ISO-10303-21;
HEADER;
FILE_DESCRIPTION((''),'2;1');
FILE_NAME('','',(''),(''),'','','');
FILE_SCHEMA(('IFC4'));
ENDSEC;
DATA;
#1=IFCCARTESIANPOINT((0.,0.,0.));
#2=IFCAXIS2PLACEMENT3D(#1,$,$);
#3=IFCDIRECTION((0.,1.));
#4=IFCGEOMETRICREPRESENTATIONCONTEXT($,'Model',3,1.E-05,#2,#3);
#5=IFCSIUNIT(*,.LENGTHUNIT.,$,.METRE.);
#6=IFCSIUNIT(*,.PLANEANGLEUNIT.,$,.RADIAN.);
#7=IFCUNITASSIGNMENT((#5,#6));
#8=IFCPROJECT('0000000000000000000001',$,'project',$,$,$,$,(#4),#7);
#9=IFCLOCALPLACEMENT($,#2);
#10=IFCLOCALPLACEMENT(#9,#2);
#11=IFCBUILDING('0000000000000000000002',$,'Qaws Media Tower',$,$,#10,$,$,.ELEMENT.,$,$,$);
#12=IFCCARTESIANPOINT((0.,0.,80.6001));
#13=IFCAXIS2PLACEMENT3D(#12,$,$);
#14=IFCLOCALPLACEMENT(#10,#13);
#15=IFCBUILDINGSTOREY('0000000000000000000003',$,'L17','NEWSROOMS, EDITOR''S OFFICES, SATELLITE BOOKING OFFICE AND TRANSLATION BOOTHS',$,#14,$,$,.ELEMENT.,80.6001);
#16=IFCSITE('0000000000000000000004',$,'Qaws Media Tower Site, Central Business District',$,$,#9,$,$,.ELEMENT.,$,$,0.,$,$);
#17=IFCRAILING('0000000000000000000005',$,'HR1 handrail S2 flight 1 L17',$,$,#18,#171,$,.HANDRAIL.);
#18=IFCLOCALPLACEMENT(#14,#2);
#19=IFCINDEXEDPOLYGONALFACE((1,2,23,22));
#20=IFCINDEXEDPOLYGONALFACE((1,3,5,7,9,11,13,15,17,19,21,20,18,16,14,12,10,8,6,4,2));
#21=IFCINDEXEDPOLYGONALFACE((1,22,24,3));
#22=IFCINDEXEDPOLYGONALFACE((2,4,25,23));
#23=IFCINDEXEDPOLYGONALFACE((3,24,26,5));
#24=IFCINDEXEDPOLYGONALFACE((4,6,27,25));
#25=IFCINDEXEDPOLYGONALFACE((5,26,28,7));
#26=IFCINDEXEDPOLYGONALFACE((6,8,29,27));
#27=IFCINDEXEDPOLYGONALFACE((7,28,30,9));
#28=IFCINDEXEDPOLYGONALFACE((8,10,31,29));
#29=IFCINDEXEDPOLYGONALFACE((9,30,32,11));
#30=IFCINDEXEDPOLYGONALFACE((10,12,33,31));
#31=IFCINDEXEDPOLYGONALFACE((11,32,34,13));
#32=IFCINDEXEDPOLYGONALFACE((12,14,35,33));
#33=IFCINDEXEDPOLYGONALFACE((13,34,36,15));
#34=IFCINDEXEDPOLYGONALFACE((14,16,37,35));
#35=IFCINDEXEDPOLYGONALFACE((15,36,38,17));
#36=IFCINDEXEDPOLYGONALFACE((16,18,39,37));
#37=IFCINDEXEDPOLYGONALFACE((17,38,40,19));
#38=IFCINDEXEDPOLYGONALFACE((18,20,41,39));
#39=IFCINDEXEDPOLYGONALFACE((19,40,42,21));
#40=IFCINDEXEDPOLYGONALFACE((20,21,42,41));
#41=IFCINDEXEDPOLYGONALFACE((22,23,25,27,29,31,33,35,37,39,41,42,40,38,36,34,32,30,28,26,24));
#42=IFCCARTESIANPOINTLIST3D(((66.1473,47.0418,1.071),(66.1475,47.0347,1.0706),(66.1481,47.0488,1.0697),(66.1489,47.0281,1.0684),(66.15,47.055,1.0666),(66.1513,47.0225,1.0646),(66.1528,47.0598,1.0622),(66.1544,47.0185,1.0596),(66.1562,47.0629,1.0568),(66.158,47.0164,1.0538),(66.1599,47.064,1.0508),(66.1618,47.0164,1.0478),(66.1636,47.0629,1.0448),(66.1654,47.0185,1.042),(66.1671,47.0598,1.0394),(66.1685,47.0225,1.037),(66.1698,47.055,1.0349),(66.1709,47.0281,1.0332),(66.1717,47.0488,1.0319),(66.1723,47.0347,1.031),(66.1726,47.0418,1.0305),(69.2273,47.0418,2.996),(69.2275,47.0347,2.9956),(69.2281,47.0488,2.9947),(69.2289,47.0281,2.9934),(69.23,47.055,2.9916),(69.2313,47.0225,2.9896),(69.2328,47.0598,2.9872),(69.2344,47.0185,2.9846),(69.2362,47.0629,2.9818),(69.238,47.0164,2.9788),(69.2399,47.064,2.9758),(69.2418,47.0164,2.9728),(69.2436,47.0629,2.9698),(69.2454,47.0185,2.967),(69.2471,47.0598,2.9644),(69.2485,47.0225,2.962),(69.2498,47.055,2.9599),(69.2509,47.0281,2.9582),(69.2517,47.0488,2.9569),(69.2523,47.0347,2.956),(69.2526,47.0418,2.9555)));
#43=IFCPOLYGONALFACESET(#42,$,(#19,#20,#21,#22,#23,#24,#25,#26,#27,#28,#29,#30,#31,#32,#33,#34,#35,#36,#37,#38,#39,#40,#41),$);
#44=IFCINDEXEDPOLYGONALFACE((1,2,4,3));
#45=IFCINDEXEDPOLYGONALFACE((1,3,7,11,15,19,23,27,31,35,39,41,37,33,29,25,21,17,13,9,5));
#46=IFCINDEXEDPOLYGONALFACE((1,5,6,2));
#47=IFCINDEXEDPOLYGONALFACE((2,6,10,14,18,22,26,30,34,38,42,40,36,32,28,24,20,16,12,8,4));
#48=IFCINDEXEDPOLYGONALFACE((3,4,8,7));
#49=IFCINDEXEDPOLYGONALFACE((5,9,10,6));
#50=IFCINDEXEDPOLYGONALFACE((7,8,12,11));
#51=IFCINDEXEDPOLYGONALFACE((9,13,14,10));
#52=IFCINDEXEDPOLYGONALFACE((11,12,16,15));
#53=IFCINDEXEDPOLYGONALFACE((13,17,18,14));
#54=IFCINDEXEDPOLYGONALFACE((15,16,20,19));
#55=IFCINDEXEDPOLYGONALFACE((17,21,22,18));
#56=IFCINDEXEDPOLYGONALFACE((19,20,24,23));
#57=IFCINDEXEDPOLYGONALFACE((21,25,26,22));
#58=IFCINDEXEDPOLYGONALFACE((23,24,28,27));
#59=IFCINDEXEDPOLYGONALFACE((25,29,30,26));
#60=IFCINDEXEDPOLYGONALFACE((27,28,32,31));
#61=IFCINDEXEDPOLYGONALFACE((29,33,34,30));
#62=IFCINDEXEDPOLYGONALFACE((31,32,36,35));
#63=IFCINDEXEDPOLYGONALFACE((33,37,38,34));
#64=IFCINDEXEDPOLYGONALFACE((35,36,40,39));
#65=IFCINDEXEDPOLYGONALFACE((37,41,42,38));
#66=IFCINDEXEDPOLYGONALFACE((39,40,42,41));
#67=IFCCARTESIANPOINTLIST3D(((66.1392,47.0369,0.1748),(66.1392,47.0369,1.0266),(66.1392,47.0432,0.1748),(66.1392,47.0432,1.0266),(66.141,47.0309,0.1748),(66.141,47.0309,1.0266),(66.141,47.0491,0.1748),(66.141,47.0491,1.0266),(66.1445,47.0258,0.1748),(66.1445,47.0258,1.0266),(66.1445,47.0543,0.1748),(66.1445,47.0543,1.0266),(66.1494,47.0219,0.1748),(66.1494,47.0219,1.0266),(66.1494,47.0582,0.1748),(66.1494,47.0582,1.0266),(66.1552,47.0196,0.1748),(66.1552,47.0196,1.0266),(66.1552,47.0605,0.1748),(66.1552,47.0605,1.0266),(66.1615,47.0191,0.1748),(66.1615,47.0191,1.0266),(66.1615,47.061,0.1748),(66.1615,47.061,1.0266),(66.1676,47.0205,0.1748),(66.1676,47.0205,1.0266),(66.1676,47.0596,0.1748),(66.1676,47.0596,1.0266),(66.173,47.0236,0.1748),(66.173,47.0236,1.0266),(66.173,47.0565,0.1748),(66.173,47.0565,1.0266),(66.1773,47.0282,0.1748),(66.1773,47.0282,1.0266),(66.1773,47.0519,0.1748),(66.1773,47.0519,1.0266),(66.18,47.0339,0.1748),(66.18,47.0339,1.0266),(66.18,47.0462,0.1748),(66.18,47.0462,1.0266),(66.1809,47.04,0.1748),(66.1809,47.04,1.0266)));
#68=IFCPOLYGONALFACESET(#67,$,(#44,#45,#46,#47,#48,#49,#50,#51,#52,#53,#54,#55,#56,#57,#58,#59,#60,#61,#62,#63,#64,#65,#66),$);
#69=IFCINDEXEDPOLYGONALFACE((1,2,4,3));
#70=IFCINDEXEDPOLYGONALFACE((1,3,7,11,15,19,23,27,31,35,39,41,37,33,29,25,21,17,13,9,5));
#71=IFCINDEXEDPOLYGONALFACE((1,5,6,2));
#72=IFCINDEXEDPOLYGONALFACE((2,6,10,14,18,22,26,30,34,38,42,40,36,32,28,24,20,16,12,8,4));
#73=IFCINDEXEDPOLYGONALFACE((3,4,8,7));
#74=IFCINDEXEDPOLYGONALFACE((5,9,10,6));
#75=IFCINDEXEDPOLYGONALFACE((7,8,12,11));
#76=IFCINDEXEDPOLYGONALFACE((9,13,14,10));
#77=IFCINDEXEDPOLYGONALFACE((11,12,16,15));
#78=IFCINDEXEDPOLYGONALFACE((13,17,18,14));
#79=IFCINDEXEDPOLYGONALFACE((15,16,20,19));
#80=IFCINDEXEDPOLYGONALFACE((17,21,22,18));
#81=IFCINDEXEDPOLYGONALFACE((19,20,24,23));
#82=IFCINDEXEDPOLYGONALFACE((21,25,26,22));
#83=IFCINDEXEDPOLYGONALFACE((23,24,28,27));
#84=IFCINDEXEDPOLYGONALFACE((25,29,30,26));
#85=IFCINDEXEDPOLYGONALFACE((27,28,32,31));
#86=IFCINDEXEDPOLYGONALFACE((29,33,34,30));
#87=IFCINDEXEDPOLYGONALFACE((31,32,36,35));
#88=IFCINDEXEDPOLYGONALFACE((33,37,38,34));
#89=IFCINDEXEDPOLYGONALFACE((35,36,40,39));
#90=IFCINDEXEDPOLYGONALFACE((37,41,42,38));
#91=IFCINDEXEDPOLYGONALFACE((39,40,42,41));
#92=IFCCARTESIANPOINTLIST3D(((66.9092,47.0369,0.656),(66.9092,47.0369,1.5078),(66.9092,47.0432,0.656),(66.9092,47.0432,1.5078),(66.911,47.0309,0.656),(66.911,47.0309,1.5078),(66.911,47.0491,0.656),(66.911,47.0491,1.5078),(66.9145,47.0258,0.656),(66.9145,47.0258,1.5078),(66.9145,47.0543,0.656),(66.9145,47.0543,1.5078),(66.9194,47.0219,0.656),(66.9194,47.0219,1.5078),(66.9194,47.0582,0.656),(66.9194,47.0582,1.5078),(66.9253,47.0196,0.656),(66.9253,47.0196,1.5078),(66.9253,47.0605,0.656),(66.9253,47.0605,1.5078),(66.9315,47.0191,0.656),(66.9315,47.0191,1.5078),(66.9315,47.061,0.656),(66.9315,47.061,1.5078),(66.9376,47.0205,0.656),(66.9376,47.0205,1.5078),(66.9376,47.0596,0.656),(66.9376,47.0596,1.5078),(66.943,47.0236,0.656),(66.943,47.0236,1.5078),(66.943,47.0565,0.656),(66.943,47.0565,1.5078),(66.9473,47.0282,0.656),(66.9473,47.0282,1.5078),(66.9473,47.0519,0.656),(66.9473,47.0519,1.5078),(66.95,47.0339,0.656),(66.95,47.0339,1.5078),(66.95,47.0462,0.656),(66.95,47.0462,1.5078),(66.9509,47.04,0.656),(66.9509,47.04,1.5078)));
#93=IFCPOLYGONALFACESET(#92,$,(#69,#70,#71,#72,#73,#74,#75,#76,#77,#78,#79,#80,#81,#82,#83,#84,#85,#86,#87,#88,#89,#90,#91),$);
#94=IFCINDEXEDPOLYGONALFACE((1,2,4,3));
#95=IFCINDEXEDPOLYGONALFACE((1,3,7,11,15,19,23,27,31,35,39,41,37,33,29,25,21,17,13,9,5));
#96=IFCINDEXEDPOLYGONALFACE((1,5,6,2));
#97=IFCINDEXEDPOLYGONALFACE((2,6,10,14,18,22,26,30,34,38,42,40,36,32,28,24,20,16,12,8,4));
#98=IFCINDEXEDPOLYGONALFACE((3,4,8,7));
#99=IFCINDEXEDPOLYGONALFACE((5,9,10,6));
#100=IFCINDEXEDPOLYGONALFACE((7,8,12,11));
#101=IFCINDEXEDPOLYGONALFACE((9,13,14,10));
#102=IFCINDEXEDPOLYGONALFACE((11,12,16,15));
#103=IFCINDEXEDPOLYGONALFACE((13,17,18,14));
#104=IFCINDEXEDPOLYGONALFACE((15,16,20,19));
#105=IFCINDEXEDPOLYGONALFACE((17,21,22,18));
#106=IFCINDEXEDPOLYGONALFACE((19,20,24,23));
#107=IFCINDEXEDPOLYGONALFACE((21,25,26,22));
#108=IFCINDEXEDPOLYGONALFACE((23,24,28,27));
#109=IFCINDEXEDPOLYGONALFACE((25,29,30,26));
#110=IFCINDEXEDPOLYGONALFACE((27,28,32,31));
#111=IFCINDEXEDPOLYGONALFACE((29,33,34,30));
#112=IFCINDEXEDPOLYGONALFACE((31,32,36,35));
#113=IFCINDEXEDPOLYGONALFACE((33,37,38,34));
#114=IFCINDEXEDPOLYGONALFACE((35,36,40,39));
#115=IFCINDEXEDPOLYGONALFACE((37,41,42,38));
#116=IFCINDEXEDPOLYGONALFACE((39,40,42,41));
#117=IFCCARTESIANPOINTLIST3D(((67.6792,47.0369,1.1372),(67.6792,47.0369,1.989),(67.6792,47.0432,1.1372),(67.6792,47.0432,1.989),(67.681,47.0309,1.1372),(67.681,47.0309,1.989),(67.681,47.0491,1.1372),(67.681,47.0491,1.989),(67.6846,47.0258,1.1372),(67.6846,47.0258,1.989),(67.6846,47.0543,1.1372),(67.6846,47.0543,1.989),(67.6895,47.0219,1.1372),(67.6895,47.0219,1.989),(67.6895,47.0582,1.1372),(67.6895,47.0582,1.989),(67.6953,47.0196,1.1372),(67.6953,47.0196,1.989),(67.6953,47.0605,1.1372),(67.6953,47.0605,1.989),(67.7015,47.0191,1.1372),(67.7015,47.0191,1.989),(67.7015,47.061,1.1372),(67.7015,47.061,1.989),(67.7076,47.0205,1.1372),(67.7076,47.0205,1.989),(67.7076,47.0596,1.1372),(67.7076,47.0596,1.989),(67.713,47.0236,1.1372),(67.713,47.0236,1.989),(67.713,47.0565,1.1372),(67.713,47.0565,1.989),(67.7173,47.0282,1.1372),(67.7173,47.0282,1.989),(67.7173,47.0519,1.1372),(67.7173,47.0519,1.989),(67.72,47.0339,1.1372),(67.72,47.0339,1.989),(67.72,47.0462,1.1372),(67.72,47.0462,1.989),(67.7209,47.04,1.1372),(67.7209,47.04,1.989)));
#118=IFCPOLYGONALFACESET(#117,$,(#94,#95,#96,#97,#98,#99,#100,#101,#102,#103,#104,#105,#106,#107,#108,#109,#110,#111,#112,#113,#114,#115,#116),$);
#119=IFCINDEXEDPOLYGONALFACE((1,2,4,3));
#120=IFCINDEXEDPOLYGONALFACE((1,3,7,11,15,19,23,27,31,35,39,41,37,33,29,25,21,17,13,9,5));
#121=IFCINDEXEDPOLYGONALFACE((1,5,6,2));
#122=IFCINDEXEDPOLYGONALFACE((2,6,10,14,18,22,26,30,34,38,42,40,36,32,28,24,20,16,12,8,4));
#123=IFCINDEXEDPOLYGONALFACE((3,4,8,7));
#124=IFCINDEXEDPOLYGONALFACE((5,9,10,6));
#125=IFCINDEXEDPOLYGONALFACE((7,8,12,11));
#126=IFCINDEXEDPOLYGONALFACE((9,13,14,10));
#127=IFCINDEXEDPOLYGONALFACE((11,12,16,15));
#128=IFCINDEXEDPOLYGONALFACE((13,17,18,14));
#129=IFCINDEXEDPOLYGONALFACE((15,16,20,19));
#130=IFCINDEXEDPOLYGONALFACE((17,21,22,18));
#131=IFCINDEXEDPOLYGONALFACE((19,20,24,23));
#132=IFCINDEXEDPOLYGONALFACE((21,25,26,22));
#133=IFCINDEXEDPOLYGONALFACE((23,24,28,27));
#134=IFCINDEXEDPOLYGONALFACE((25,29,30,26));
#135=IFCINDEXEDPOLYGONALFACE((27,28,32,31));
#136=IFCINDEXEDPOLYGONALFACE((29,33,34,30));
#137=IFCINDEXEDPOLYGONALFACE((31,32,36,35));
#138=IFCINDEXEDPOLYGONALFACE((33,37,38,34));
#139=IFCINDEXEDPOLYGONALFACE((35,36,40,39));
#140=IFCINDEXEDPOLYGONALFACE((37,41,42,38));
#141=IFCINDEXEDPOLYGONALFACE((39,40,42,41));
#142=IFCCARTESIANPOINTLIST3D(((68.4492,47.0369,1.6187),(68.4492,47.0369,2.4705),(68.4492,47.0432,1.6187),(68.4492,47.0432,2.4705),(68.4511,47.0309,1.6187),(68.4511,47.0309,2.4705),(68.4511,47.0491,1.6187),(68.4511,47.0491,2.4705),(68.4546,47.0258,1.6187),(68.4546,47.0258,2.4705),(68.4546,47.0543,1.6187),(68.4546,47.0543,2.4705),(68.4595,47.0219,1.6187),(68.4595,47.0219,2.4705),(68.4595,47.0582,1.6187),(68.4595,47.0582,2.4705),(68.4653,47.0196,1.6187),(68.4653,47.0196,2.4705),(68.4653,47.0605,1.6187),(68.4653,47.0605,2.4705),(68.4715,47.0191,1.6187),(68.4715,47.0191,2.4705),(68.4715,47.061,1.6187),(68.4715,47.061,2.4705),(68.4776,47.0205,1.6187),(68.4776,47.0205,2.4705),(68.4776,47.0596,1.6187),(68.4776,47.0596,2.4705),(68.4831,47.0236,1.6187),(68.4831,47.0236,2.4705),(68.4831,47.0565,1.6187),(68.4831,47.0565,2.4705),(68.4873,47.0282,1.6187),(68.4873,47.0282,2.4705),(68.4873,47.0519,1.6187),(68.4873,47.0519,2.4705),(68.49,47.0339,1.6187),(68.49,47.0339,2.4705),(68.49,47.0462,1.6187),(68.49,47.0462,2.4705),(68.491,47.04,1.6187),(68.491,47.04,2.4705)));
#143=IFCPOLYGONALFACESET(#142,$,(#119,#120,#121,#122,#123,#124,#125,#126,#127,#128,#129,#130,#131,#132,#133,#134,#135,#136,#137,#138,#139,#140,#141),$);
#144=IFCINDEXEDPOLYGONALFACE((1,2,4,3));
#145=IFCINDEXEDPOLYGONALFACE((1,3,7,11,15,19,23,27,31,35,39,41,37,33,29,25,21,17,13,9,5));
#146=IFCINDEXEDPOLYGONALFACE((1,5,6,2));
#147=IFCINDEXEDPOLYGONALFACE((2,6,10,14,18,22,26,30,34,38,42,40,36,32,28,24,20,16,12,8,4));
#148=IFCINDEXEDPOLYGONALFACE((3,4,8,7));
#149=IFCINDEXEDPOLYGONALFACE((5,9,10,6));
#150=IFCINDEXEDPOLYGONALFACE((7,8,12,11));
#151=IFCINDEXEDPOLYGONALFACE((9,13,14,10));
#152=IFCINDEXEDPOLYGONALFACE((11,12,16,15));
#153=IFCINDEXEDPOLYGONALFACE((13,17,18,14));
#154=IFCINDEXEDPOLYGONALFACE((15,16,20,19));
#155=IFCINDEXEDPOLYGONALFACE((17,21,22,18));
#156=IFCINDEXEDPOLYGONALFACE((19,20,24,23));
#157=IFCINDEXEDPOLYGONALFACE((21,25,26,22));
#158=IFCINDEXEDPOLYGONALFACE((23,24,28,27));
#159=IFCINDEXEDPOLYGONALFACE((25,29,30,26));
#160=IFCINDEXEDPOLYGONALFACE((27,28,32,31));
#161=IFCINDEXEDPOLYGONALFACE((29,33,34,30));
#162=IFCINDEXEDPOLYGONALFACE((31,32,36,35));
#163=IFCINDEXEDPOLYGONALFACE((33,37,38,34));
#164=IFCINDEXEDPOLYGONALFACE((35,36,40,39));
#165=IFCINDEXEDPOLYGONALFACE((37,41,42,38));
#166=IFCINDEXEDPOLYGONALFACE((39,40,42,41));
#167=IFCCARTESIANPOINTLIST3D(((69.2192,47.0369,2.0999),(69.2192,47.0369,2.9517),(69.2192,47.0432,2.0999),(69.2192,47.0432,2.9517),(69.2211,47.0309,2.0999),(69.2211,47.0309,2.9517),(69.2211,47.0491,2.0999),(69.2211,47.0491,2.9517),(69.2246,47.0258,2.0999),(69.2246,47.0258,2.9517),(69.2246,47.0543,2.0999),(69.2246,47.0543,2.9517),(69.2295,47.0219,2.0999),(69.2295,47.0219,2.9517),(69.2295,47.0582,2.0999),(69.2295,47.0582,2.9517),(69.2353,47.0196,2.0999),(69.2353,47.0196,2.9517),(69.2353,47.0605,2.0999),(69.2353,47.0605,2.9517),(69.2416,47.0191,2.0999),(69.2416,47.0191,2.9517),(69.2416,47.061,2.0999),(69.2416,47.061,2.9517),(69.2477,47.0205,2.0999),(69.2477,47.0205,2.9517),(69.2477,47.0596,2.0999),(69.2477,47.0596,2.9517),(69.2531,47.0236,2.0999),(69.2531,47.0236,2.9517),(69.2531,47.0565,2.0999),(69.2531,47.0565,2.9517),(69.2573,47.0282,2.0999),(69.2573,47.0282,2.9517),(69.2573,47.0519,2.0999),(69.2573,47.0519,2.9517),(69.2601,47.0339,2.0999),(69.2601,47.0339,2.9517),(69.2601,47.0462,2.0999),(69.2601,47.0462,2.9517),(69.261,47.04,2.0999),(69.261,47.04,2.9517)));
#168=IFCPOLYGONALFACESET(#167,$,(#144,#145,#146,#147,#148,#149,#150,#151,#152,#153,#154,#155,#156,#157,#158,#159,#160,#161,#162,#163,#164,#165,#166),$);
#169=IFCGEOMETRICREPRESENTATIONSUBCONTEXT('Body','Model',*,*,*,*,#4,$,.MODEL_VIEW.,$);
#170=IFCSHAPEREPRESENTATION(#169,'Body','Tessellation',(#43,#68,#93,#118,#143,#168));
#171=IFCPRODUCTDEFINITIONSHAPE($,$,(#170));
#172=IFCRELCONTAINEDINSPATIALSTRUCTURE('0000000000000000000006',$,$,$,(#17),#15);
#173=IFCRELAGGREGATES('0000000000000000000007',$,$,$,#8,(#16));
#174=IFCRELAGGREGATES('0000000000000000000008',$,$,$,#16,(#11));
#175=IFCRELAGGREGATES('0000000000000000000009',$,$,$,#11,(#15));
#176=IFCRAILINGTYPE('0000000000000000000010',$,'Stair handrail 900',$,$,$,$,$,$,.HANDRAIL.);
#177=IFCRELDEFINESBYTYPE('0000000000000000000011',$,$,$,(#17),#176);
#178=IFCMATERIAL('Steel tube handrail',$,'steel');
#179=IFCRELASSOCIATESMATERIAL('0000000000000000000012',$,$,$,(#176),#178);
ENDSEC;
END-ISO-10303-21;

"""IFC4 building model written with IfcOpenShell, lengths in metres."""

from ifc_helpers import new_model, si_unit, direction, frame, origin, origin_2d, place, context, subcontext, project, spatial, circle, extrude, material, type_object, element, save


model = new_model("IFC4")

# Units and contexts
model_context = context("Model", 3, precision=1e-05, world=origin(), true_north=direction((0.0, 1.0)))
body_context = subcontext(model_context, "Body", "Model", "MODEL_VIEW")
ifc_project = project(units=[si_unit("LENGTHUNIT", "METRE"), si_unit("PLANEANGLEUNIT", "RADIAN")], contexts=[model_context])

# Site, building, storey
site_placement = place(None, origin())
site = spatial("IfcSite", under=ifc_project, at=site_placement, Name="Qaws Media Tower Site, Central Business District", CompositionType="ELEMENT", RefElevation=0.0)
building_placement = place(site_placement, origin())
building = spatial("IfcBuilding", under=site, at=building_placement, Name="Qaws Media Tower", CompositionType="ELEMENT")
storey_placement = place(building_placement, frame((0.0, 0.0, 80.6001)))
storey = spatial("IfcBuildingStorey", under=building, at=storey_placement, Name="L17", Description="NEWSROOMS, EDITOR'S OFFICES, SATELLITE BOOKING OFFICE AND TRANSLATION BOOTHS", CompositionType="ELEMENT", Elevation=80.6001)

# Railing
ifc_material_1 = material(Name="Steel tube handrail", Category="steel")
railing_type = type_object("IfcRailingType", Name="Stair handrail 900", PredefinedType="HANDRAIL", material=ifc_material_1)
railing_placement = place(storey_placement, frame((66.1599, 47.04, 0.1748)))
element("IfcRailing", 1, at=railing_placement, inside=storey, type_object=railing_type, Name="HR1 handrail S2 flight 1 L17", PredefinedType="HANDRAIL", context=body_context, shape_type="SweptSolid", body=[
    extrude(circle(Radius=0.0239, at=origin_2d()), frame((0.0, 0.0, 0.876), z_axis=(0.847998, 0.0, 0.529999), x_axis=(0.0, 1.0, 0.0)), (0.0, 0.0, 1.0), 3.6321),
    extrude(circle(Radius=0.021, at=origin_2d()), origin(), (0.0, 0.0, 1.0), 0.8518),
    extrude(circle(Radius=0.021, at=origin_2d()), frame((0.77, 0.0, 0.4812)), (0.0, 0.0, 1.0), 0.8518),
    extrude(circle(Radius=0.021, at=origin_2d()), frame((1.54, 0.0, 0.9624)), (0.0, 0.0, 1.0), 0.8518),
    extrude(circle(Radius=0.021, at=origin_2d()), frame((2.3101, 0.0, 1.4438)), (0.0, 0.0, 1.0), 0.8518),
    extrude(circle(Radius=0.021, at=origin_2d()), frame((3.0801, 0.0, 1.925)), (0.0, 0.0, 1.0), 0.8518),
])

save(model, "model.ifc")
